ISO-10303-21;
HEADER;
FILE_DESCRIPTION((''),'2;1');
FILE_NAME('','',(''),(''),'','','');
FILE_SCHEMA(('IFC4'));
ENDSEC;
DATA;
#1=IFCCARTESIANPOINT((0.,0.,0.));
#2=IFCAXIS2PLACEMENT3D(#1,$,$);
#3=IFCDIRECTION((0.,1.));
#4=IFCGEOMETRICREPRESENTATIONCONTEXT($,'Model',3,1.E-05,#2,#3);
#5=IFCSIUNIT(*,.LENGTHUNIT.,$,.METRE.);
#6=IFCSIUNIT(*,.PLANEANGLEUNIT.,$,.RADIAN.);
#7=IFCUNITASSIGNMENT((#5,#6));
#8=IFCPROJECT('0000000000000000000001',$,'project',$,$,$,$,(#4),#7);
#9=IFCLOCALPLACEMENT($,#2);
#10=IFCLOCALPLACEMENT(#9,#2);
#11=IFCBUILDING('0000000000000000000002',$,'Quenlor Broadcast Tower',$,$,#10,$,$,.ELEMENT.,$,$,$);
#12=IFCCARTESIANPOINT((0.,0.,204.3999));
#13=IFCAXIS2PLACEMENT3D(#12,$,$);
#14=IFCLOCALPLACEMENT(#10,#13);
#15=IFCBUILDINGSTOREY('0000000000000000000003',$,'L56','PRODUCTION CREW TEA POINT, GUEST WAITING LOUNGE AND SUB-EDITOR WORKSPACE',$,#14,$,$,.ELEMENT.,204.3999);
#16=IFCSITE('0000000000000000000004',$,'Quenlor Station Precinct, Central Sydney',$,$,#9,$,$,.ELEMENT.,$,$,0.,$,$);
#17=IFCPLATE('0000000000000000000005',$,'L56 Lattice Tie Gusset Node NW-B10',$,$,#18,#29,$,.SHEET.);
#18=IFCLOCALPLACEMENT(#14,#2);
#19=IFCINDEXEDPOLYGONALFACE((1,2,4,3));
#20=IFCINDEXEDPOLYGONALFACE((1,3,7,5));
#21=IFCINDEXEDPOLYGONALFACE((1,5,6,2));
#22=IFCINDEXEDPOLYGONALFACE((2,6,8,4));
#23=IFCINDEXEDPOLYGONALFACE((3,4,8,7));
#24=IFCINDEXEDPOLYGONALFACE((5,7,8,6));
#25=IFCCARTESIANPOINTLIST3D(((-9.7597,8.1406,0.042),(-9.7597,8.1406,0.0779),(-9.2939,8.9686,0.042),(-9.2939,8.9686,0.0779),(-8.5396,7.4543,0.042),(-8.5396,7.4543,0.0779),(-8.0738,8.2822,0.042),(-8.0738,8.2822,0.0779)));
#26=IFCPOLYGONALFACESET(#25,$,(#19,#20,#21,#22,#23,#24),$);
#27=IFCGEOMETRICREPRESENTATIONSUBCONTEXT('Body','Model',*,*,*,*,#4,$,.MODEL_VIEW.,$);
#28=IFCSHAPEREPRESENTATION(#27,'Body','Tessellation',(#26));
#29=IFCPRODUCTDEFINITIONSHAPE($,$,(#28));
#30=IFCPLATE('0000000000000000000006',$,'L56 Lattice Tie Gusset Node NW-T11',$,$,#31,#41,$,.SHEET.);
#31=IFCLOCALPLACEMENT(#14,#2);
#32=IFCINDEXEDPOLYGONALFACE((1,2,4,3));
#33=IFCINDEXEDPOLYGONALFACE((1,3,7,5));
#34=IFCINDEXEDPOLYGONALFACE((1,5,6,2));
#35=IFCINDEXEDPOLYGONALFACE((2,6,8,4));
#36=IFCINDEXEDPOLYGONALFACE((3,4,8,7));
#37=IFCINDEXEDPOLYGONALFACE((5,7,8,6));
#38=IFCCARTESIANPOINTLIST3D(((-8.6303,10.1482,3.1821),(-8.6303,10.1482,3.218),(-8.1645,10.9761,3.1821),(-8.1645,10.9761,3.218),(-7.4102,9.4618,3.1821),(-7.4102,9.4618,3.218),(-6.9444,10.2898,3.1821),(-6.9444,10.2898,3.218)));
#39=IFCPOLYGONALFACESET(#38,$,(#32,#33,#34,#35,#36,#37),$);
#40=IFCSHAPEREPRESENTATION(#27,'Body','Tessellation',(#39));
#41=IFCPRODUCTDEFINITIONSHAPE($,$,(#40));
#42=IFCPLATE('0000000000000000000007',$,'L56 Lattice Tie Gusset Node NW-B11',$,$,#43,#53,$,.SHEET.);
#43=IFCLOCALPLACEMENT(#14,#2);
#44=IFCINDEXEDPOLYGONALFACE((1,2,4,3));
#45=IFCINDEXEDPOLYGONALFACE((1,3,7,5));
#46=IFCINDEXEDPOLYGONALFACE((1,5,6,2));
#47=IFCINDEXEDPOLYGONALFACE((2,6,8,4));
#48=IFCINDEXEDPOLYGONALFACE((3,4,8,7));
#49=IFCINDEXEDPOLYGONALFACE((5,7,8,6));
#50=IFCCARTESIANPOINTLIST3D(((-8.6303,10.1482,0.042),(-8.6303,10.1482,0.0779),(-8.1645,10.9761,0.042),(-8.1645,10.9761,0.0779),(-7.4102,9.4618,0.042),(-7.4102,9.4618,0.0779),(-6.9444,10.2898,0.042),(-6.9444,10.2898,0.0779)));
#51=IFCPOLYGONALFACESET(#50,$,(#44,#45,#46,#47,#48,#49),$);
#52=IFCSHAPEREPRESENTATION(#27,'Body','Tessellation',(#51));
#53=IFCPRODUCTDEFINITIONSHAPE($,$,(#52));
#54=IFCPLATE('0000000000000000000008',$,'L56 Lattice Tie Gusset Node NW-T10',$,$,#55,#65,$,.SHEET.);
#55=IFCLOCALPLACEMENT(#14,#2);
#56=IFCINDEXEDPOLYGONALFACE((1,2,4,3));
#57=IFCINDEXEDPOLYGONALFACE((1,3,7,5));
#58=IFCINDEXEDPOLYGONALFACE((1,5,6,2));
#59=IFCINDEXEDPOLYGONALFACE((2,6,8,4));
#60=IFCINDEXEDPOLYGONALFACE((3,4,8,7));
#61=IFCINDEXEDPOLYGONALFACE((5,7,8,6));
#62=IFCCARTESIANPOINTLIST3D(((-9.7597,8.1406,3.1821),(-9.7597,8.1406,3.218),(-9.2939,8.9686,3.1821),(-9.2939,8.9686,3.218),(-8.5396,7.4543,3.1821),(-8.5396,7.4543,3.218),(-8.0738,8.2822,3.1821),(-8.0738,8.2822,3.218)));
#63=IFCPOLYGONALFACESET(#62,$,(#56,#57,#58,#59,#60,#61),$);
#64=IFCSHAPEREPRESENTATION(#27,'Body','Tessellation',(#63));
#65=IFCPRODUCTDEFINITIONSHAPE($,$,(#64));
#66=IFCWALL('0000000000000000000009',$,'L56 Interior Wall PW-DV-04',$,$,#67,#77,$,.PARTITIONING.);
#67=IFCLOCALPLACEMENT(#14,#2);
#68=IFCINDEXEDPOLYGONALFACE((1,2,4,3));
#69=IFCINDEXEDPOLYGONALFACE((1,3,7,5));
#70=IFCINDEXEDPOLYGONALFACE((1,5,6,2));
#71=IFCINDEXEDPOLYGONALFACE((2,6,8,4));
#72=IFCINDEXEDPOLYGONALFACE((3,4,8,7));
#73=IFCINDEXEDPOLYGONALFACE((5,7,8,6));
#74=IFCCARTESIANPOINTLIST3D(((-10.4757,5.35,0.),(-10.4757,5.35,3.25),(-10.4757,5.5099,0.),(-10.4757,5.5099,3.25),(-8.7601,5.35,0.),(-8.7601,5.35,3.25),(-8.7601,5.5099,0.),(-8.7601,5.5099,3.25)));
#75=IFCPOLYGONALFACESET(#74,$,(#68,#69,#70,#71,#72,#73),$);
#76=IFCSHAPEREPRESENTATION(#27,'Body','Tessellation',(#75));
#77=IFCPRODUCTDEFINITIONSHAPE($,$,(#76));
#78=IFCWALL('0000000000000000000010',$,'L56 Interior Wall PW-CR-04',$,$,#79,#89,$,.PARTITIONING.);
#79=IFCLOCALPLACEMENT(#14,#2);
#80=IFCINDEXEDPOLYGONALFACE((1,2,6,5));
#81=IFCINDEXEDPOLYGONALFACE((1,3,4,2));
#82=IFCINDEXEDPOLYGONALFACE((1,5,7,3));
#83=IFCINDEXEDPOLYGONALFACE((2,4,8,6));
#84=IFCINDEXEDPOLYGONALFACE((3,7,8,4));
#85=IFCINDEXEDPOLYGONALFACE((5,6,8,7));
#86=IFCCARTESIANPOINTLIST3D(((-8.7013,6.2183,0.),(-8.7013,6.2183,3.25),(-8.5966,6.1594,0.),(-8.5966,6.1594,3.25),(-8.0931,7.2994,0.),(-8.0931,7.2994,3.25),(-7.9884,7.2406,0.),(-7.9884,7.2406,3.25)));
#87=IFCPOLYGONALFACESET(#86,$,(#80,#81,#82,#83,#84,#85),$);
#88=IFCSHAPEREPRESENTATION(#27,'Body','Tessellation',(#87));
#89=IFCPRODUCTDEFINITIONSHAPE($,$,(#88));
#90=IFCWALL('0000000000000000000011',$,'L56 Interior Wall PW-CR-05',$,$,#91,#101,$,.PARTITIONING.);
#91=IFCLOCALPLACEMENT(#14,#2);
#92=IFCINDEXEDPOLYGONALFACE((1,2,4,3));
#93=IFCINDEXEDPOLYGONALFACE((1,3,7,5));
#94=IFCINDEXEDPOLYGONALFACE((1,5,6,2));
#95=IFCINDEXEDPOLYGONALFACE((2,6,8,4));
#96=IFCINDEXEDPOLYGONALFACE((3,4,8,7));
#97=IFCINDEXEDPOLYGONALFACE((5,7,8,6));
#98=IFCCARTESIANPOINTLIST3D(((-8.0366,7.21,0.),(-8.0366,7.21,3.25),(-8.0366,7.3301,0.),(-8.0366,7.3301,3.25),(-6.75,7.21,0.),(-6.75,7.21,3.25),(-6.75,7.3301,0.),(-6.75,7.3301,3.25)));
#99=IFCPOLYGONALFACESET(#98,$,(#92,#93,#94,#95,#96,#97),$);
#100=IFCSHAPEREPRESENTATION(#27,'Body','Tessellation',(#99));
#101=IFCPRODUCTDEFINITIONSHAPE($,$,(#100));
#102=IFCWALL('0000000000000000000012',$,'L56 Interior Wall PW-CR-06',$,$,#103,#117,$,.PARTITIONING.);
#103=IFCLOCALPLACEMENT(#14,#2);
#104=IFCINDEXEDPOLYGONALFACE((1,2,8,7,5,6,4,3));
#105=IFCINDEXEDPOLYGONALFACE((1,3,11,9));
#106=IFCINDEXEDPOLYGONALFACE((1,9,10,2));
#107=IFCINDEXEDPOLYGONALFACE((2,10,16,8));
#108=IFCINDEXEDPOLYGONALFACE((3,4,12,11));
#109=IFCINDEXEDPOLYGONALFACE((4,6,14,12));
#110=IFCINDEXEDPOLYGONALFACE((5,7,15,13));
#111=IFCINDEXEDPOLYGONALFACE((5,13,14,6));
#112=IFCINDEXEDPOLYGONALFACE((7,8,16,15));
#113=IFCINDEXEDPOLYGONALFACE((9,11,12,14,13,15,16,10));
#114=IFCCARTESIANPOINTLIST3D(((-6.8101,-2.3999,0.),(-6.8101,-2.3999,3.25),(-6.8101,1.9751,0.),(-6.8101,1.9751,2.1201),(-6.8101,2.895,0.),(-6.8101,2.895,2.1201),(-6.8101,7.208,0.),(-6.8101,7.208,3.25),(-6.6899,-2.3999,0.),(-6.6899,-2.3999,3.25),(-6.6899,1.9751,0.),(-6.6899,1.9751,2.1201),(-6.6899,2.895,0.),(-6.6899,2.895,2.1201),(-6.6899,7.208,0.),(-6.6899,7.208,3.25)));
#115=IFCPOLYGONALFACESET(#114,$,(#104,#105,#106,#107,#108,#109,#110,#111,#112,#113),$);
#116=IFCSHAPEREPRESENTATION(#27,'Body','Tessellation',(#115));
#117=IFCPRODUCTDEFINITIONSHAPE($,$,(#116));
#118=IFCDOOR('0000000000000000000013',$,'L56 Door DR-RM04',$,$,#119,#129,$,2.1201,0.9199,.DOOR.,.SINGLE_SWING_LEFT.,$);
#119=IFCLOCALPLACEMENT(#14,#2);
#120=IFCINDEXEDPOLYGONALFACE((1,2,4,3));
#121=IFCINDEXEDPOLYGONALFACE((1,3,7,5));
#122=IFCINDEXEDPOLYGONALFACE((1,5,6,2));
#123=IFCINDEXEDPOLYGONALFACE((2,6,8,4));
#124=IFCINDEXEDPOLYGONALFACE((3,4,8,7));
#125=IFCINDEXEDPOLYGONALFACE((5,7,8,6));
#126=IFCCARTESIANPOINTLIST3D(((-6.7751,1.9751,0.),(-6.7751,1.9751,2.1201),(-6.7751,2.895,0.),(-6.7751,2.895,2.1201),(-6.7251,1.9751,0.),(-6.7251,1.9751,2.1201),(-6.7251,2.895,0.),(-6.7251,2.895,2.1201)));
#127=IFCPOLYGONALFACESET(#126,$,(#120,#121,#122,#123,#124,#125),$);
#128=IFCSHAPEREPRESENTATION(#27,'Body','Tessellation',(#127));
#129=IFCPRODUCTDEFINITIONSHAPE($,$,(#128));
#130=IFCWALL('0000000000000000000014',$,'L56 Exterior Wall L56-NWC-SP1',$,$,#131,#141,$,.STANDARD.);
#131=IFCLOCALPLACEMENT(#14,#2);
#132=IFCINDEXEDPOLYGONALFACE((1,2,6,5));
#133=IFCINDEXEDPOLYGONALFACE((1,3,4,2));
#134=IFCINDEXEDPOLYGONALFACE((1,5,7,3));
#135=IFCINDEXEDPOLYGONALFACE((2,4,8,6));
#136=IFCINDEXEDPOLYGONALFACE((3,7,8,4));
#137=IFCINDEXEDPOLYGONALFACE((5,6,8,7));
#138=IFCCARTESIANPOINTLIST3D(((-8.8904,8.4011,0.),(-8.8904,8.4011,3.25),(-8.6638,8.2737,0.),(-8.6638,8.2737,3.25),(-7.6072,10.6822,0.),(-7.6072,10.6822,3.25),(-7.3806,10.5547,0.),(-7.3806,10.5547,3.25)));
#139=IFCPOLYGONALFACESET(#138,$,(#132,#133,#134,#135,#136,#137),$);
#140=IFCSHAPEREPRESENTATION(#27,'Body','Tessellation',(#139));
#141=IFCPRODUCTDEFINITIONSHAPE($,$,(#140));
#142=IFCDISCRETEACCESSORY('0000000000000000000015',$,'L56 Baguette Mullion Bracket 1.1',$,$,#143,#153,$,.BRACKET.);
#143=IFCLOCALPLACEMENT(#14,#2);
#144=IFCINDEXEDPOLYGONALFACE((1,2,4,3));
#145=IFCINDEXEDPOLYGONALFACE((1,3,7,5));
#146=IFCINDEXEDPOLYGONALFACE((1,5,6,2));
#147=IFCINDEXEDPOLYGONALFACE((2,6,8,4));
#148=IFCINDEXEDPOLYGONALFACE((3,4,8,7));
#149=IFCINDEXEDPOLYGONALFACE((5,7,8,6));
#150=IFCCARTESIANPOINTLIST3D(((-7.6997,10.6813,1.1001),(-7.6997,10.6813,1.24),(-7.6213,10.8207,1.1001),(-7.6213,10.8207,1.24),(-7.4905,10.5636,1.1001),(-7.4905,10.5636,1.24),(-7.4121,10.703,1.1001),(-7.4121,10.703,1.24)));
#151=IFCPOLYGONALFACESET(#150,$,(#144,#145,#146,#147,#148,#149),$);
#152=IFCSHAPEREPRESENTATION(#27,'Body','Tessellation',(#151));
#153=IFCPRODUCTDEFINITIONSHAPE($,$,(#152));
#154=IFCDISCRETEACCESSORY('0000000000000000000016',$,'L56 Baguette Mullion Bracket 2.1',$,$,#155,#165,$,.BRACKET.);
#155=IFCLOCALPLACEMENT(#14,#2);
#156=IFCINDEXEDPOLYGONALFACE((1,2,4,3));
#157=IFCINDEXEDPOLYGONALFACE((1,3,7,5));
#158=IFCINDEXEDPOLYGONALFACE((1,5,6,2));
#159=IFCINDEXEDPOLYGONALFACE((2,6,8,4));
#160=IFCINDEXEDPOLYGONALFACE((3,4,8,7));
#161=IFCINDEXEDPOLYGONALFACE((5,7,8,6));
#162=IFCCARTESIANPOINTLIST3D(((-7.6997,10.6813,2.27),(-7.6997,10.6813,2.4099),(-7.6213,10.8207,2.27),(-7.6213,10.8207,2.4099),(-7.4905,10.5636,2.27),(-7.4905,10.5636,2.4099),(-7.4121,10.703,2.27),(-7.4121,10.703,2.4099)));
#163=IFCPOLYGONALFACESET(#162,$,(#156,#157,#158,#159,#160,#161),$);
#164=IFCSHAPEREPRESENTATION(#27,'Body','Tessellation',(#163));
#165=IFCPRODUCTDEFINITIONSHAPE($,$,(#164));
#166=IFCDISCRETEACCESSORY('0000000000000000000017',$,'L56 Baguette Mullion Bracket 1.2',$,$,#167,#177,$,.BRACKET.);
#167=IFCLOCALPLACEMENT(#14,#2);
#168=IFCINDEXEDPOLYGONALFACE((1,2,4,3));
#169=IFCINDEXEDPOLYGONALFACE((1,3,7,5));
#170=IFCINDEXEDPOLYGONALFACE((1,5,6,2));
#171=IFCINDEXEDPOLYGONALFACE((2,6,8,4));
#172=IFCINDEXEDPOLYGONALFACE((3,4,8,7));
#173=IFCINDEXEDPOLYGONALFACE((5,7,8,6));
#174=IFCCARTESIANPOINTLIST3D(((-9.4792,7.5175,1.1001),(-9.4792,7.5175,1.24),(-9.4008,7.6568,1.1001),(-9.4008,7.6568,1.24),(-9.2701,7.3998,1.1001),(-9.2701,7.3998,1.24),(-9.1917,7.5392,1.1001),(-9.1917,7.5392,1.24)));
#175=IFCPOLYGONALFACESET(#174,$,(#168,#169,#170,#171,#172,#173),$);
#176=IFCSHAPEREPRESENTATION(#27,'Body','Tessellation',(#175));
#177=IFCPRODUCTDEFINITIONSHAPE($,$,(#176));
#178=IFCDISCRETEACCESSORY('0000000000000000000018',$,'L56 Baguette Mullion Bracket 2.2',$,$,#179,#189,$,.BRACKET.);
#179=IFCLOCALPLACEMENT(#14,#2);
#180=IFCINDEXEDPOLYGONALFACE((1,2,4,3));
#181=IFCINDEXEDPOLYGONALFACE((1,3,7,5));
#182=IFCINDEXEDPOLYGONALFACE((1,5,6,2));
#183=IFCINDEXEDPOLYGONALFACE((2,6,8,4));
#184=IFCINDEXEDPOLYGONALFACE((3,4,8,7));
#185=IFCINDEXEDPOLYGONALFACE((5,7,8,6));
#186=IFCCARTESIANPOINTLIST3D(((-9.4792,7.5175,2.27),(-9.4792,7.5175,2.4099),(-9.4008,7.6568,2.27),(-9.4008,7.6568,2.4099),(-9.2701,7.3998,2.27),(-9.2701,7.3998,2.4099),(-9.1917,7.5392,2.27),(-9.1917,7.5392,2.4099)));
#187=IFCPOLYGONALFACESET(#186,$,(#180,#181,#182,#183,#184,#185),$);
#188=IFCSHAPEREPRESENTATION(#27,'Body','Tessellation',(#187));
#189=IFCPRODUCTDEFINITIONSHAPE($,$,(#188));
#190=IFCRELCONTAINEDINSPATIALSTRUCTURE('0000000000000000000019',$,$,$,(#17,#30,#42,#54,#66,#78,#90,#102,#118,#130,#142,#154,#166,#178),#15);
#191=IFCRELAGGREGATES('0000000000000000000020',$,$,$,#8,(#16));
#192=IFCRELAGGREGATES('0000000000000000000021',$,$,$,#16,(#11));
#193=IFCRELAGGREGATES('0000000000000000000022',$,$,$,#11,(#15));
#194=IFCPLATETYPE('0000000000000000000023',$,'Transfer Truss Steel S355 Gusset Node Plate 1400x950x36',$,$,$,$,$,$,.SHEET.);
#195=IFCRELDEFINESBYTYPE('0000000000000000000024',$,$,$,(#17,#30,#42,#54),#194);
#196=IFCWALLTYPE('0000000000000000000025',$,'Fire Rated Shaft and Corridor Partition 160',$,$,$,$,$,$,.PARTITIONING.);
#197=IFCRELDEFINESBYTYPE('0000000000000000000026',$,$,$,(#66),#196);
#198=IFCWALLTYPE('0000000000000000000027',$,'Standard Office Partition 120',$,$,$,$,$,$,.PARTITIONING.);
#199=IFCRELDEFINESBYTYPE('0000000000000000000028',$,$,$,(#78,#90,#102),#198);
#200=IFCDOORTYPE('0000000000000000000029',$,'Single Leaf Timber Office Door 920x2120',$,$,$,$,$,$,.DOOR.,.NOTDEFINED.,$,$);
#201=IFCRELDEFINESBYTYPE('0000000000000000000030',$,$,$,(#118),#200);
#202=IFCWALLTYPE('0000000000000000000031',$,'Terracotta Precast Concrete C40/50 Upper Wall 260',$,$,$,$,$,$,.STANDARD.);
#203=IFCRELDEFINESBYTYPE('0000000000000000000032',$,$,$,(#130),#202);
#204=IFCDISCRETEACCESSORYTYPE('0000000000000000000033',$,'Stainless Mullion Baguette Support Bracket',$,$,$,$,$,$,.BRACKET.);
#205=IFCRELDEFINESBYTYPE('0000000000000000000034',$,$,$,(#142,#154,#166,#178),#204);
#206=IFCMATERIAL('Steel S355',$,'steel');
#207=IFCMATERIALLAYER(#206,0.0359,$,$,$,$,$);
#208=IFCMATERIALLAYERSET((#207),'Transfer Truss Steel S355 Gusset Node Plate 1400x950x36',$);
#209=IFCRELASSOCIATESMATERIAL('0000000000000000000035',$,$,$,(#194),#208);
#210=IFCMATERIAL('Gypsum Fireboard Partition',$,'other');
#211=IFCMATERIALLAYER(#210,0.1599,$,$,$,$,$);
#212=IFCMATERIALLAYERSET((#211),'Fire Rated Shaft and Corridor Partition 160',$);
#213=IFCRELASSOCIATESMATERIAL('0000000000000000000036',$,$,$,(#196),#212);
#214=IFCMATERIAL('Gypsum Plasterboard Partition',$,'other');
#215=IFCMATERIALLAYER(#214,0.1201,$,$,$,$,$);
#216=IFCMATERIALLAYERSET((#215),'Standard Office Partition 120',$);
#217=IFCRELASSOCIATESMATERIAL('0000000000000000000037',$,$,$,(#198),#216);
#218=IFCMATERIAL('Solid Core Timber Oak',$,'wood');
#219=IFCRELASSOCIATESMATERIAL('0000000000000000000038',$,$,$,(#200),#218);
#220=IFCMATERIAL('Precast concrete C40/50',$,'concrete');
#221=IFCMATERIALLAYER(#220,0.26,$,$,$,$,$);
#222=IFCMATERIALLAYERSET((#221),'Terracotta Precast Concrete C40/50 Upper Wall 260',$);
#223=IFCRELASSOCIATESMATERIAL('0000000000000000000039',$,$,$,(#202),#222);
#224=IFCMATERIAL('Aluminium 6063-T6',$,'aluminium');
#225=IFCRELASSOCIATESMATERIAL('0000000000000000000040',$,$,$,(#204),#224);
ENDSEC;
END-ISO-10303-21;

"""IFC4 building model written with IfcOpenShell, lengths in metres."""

from ifc_helpers import new_model, si_unit, direction, frame, frame_2d, origin, origin_2d, place, context, subcontext, project, spatial, rectangle, extrude, material, layer, layer_set, type_object, element, fill, save


model = new_model("IFC4")

# Units and contexts
model_context = context("Model", 3, precision=1e-05, world=origin(), true_north=direction((0.0, 1.0)))
body_context = subcontext(model_context, "Body", "Model", "MODEL_VIEW")
ifc_project = project(units=[si_unit("LENGTHUNIT", "METRE"), si_unit("PLANEANGLEUNIT", "RADIAN")], contexts=[model_context])

# Site, building, storey
site_placement = place(None, origin())
site = spatial("IfcSite", under=ifc_project, at=site_placement, Name="Quenlor Station Precinct, Central Sydney", CompositionType="ELEMENT", RefElevation=0.0)
building_placement = place(site_placement, origin())
building = spatial("IfcBuilding", under=site, at=building_placement, Name="Quenlor Broadcast Tower", CompositionType="ELEMENT")
storey_placement = place(building_placement, frame((0.0, 0.0, 204.3999)))
storey = spatial("IfcBuildingStorey", under=building, at=storey_placement, Name="L56", Description="PRODUCTION CREW TEA POINT, GUEST WAITING LOUNGE AND SUB-EDITOR WORKSPACE", CompositionType="ELEMENT", Elevation=204.3999)

# Plates
ifc_material_1 = material(Name="Steel S355", Category="steel")
ifc_layer_1 = layer(ifc_material_1, 0.0359)
ifc_layer_set_1 = layer_set([ifc_layer_1], Name="Transfer Truss Steel S355 Gusset Node Plate 1400x950x36")
plate_type_1 = type_object("IfcPlateType", Name="Transfer Truss Steel S355 Gusset Node Plate 1400x950x36", PredefinedType="SHEET", material=ifc_layer_set_1)
for number, where, z_axis, x_axis, name in (
    (1, (-8.9167, 8.2114, 0.042), (0.0, 0.0, 1.0), (-0.871556, 0.490295, 0.0), "L56 Lattice Tie Gusset Node NW-B10"),
    (2, (-7.7874, 10.219, 3.1821), (0.0, 0.0, 1.0), (-0.871556, 0.490295, 0.0), "L56 Lattice Tie Gusset Node NW-T11"),
    (3, (-7.7874, 10.219, 0.042), (0.0, 0.0, 1.0), (-0.871556, 0.490295, 0.0), "L56 Lattice Tie Gusset Node NW-B11"),
    (4, (-8.9167, 8.2114, 3.1821), (0.0, 0.0, 1.0), (-0.871556, 0.490295, 0.0), "L56 Lattice Tie Gusset Node NW-T10"),
):
    element("IfcPlate", number, at=place(storey_placement, frame(where, z_axis=z_axis, x_axis=x_axis)), inside=storey, type_object=plate_type_1, Name=name, PredefinedType="SHEET", context=body_context, shape_type="SweptSolid", body=[
        extrude(rectangle(XDim=1.3999, YDim=0.95, at=origin_2d()), origin(), (0.0, 0.0, 1.0), 0.0359),
    ])

# Walls
ifc_material_2 = material(Name="Gypsum Fireboard Partition", Category="other")
ifc_layer_2 = layer(ifc_material_2, 0.1599)
ifc_layer_set_2 = layer_set([ifc_layer_2], Name="Fire Rated Shaft and Corridor Partition 160")
wall_type_1 = type_object("IfcWallType", Name="Fire Rated Shaft and Corridor Partition 160", PredefinedType="PARTITIONING", material=ifc_layer_set_2)
wall_1_placement = place(storey_placement, frame((-8.76, 5.4299, 0.0), z_axis=(0.0, 0.0, 1.0), x_axis=(-1.0, 0.0, 0.0)))
element("IfcWall", 5, at=wall_1_placement, inside=storey, type_object=wall_type_1, Name="L56 Interior Wall PW-DV-04", PredefinedType="PARTITIONING", context=body_context, shape_type="SweptSolid", body=[
    extrude(rectangle(XDim=1.7156, YDim=0.1599, at=frame_2d((0.8579, 0.0))), origin(), (0.0, 0.0, 1.0), 3.25),
])
ifc_material_3 = material(Name="Gypsum Plasterboard Partition", Category="other")
ifc_layer_3 = layer(ifc_material_3, 0.1201)
ifc_layer_set_3 = layer_set([ifc_layer_3], Name="Standard Office Partition 120")
wall_type_2 = type_object("IfcWallType", Name="Standard Office Partition 120", PredefinedType="PARTITIONING", material=ifc_layer_set_3)
wall_2_placement = place(storey_placement, frame((-8.6489, 6.189, 0.0), z_axis=(0.0, 0.0, 1.0), x_axis=(0.490299, 0.871555, 0.0)))
element("IfcWall", 6, at=wall_2_placement, inside=storey, type_object=wall_type_2, Name="L56 Interior Wall PW-CR-04", PredefinedType="PARTITIONING", context=body_context, shape_type="SweptSolid", body=[
    extrude(rectangle(XDim=1.2405, YDim=0.1201, at=frame_2d((0.6201, 0.0))), origin(), (0.0, 0.0, 1.0), 3.25),
])
wall_3_placement = place(storey_placement, frame((-8.0366, 7.27, 0.0), z_axis=(0.0, 0.0, 1.0), x_axis=(1.0, 0.0, 0.0)))
element("IfcWall", 7, at=wall_3_placement, inside=storey, type_object=wall_type_2, Name="L56 Interior Wall PW-CR-05", PredefinedType="PARTITIONING", context=body_context, shape_type="SweptSolid", body=[
    extrude(rectangle(XDim=1.2866, YDim=0.1201, at=frame_2d((0.6433, 0.0))), origin(), (0.0, 0.0, 1.0), 3.25),
])

# Wall, opening, door
wall_4_placement = place(storey_placement, frame((-6.75, 7.208, 0.0), z_axis=(0.0, 0.0, 1.0), x_axis=(0.0, -1.0, 0.0)))
wall_4 = element("IfcWall", 8, at=wall_4_placement, inside=storey, type_object=wall_type_2, Name="L56 Interior Wall PW-CR-06", PredefinedType="PARTITIONING", context=body_context, shape_type="SweptSolid", body=[
    extrude(rectangle(XDim=9.6079, YDim=0.1201, at=frame_2d((4.804, 0.0))), origin(), (0.0, 0.0, 1.0), 3.25),
])
opening_placement = place(wall_4_placement, frame((4.313, 0.0, 0.0)))
opening = element("IfcOpeningElement", 9, at=opening_placement, cuts=wall_4, PredefinedType="OPENING", context=body_context, shape_type="SweptSolid", body=[
    extrude(rectangle(XDim=0.9199, YDim=2.1201, at=frame_2d((0.46, 1.0601))), frame((0.0, 0.0701, 0.0), z_axis=(0.0, -1.0, 0.0), x_axis=(1.0, 0.0, 0.0)), (0.0, 0.0, 1.0), 0.1401),
])
ifc_material_4 = material(Name="Solid Core Timber Oak", Category="wood")
door_type = type_object("IfcDoorType", Name="Single Leaf Timber Office Door 920x2120", OperationType="NOTDEFINED", PredefinedType="DOOR", material=ifc_material_4)
door_placement = place(opening_placement, origin())
door = element("IfcDoor", 10, at=door_placement, inside=storey, type_object=door_type, Name="L56 Door DR-RM04", OperationType="SINGLE_SWING_LEFT", OverallHeight=2.1201, OverallWidth=0.9199, PredefinedType="DOOR", context=body_context, shape_type="SweptSolid", body=[
    extrude(rectangle(XDim=0.9199, YDim=2.1201, at=frame_2d((0.46, 1.0601))), frame((0.0, 0.0249, 0.0), z_axis=(0.0, -1.0, 0.0), x_axis=(1.0, 0.0, 0.0)), (0.0, 0.0, 1.0), 0.05),
])
fill(opening, door)

# Wall
ifc_material_5 = material(Name="Precast concrete C40/50", Category="concrete")
ifc_layer_4 = layer(ifc_material_5, 0.26)
ifc_layer_set_4 = layer_set([ifc_layer_4], Name="Terracotta Precast Concrete C40/50 Upper Wall 260")
wall_type_3 = type_object("IfcWallType", Name="Terracotta Precast Concrete C40/50 Upper Wall 260", PredefinedType="STANDARD", material=ifc_layer_set_4)
wall_5_placement = place(storey_placement, frame((-8.7771, 8.3374, 0.0), z_axis=(0.0, 0.0, 1.0), x_axis=(0.490301, 0.871553, 0.0)))
element("IfcWall", 11, at=wall_5_placement, inside=storey, type_object=wall_type_3, Name="L56 Exterior Wall L56-NWC-SP1", PredefinedType="STANDARD", context=body_context, shape_type="SweptSolid", body=[
    extrude(rectangle(XDim=2.6172, YDim=0.26, at=frame_2d((1.3086, 0.0))), origin(), (0.0, 0.0, 1.0), 3.25),
])

# Discrete accessories
ifc_material_6 = material(Name="Aluminium 6063-T6", Category="aluminium")
discrete_accessory_type = type_object("IfcDiscreteAccessoryType", Name="Stainless Mullion Baguette Support Bracket", PredefinedType="BRACKET", material=ifc_material_6)
for number, where, z_axis, x_axis, name in (
    (12, (-7.5559, 10.6921, 1.1001), (0.0, 0.0, 1.0), (0.49026, 0.871576, 0.0), "L56 Baguette Mullion Bracket 1.1"),
    (13, (-7.5559, 10.6921, 2.27), (0.0, 0.0, 1.0), (0.49026, 0.871576, 0.0), "L56 Baguette Mullion Bracket 2.1"),
    (14, (-9.3354, 7.5283, 1.1001), (0.0, 0.0, 1.0), (0.490257, 0.871578, 0.0), "L56 Baguette Mullion Bracket 1.2"),
    (15, (-9.3354, 7.5283, 2.27), (0.0, 0.0, 1.0), (0.490257, 0.871578, 0.0), "L56 Baguette Mullion Bracket 2.2"),
):
    element("IfcDiscreteAccessory", number, at=place(storey_placement, frame(where, z_axis=z_axis, x_axis=x_axis)), inside=storey, type_object=discrete_accessory_type, Name=name, PredefinedType="BRACKET", context=body_context, shape_type="SweptSolid", body=[
        extrude(rectangle(XDim=0.1599, YDim=0.24, at=origin_2d()), origin(), (0.0, 0.0, 1.0), 0.1399),
    ])

save(model, "model.ifc")
